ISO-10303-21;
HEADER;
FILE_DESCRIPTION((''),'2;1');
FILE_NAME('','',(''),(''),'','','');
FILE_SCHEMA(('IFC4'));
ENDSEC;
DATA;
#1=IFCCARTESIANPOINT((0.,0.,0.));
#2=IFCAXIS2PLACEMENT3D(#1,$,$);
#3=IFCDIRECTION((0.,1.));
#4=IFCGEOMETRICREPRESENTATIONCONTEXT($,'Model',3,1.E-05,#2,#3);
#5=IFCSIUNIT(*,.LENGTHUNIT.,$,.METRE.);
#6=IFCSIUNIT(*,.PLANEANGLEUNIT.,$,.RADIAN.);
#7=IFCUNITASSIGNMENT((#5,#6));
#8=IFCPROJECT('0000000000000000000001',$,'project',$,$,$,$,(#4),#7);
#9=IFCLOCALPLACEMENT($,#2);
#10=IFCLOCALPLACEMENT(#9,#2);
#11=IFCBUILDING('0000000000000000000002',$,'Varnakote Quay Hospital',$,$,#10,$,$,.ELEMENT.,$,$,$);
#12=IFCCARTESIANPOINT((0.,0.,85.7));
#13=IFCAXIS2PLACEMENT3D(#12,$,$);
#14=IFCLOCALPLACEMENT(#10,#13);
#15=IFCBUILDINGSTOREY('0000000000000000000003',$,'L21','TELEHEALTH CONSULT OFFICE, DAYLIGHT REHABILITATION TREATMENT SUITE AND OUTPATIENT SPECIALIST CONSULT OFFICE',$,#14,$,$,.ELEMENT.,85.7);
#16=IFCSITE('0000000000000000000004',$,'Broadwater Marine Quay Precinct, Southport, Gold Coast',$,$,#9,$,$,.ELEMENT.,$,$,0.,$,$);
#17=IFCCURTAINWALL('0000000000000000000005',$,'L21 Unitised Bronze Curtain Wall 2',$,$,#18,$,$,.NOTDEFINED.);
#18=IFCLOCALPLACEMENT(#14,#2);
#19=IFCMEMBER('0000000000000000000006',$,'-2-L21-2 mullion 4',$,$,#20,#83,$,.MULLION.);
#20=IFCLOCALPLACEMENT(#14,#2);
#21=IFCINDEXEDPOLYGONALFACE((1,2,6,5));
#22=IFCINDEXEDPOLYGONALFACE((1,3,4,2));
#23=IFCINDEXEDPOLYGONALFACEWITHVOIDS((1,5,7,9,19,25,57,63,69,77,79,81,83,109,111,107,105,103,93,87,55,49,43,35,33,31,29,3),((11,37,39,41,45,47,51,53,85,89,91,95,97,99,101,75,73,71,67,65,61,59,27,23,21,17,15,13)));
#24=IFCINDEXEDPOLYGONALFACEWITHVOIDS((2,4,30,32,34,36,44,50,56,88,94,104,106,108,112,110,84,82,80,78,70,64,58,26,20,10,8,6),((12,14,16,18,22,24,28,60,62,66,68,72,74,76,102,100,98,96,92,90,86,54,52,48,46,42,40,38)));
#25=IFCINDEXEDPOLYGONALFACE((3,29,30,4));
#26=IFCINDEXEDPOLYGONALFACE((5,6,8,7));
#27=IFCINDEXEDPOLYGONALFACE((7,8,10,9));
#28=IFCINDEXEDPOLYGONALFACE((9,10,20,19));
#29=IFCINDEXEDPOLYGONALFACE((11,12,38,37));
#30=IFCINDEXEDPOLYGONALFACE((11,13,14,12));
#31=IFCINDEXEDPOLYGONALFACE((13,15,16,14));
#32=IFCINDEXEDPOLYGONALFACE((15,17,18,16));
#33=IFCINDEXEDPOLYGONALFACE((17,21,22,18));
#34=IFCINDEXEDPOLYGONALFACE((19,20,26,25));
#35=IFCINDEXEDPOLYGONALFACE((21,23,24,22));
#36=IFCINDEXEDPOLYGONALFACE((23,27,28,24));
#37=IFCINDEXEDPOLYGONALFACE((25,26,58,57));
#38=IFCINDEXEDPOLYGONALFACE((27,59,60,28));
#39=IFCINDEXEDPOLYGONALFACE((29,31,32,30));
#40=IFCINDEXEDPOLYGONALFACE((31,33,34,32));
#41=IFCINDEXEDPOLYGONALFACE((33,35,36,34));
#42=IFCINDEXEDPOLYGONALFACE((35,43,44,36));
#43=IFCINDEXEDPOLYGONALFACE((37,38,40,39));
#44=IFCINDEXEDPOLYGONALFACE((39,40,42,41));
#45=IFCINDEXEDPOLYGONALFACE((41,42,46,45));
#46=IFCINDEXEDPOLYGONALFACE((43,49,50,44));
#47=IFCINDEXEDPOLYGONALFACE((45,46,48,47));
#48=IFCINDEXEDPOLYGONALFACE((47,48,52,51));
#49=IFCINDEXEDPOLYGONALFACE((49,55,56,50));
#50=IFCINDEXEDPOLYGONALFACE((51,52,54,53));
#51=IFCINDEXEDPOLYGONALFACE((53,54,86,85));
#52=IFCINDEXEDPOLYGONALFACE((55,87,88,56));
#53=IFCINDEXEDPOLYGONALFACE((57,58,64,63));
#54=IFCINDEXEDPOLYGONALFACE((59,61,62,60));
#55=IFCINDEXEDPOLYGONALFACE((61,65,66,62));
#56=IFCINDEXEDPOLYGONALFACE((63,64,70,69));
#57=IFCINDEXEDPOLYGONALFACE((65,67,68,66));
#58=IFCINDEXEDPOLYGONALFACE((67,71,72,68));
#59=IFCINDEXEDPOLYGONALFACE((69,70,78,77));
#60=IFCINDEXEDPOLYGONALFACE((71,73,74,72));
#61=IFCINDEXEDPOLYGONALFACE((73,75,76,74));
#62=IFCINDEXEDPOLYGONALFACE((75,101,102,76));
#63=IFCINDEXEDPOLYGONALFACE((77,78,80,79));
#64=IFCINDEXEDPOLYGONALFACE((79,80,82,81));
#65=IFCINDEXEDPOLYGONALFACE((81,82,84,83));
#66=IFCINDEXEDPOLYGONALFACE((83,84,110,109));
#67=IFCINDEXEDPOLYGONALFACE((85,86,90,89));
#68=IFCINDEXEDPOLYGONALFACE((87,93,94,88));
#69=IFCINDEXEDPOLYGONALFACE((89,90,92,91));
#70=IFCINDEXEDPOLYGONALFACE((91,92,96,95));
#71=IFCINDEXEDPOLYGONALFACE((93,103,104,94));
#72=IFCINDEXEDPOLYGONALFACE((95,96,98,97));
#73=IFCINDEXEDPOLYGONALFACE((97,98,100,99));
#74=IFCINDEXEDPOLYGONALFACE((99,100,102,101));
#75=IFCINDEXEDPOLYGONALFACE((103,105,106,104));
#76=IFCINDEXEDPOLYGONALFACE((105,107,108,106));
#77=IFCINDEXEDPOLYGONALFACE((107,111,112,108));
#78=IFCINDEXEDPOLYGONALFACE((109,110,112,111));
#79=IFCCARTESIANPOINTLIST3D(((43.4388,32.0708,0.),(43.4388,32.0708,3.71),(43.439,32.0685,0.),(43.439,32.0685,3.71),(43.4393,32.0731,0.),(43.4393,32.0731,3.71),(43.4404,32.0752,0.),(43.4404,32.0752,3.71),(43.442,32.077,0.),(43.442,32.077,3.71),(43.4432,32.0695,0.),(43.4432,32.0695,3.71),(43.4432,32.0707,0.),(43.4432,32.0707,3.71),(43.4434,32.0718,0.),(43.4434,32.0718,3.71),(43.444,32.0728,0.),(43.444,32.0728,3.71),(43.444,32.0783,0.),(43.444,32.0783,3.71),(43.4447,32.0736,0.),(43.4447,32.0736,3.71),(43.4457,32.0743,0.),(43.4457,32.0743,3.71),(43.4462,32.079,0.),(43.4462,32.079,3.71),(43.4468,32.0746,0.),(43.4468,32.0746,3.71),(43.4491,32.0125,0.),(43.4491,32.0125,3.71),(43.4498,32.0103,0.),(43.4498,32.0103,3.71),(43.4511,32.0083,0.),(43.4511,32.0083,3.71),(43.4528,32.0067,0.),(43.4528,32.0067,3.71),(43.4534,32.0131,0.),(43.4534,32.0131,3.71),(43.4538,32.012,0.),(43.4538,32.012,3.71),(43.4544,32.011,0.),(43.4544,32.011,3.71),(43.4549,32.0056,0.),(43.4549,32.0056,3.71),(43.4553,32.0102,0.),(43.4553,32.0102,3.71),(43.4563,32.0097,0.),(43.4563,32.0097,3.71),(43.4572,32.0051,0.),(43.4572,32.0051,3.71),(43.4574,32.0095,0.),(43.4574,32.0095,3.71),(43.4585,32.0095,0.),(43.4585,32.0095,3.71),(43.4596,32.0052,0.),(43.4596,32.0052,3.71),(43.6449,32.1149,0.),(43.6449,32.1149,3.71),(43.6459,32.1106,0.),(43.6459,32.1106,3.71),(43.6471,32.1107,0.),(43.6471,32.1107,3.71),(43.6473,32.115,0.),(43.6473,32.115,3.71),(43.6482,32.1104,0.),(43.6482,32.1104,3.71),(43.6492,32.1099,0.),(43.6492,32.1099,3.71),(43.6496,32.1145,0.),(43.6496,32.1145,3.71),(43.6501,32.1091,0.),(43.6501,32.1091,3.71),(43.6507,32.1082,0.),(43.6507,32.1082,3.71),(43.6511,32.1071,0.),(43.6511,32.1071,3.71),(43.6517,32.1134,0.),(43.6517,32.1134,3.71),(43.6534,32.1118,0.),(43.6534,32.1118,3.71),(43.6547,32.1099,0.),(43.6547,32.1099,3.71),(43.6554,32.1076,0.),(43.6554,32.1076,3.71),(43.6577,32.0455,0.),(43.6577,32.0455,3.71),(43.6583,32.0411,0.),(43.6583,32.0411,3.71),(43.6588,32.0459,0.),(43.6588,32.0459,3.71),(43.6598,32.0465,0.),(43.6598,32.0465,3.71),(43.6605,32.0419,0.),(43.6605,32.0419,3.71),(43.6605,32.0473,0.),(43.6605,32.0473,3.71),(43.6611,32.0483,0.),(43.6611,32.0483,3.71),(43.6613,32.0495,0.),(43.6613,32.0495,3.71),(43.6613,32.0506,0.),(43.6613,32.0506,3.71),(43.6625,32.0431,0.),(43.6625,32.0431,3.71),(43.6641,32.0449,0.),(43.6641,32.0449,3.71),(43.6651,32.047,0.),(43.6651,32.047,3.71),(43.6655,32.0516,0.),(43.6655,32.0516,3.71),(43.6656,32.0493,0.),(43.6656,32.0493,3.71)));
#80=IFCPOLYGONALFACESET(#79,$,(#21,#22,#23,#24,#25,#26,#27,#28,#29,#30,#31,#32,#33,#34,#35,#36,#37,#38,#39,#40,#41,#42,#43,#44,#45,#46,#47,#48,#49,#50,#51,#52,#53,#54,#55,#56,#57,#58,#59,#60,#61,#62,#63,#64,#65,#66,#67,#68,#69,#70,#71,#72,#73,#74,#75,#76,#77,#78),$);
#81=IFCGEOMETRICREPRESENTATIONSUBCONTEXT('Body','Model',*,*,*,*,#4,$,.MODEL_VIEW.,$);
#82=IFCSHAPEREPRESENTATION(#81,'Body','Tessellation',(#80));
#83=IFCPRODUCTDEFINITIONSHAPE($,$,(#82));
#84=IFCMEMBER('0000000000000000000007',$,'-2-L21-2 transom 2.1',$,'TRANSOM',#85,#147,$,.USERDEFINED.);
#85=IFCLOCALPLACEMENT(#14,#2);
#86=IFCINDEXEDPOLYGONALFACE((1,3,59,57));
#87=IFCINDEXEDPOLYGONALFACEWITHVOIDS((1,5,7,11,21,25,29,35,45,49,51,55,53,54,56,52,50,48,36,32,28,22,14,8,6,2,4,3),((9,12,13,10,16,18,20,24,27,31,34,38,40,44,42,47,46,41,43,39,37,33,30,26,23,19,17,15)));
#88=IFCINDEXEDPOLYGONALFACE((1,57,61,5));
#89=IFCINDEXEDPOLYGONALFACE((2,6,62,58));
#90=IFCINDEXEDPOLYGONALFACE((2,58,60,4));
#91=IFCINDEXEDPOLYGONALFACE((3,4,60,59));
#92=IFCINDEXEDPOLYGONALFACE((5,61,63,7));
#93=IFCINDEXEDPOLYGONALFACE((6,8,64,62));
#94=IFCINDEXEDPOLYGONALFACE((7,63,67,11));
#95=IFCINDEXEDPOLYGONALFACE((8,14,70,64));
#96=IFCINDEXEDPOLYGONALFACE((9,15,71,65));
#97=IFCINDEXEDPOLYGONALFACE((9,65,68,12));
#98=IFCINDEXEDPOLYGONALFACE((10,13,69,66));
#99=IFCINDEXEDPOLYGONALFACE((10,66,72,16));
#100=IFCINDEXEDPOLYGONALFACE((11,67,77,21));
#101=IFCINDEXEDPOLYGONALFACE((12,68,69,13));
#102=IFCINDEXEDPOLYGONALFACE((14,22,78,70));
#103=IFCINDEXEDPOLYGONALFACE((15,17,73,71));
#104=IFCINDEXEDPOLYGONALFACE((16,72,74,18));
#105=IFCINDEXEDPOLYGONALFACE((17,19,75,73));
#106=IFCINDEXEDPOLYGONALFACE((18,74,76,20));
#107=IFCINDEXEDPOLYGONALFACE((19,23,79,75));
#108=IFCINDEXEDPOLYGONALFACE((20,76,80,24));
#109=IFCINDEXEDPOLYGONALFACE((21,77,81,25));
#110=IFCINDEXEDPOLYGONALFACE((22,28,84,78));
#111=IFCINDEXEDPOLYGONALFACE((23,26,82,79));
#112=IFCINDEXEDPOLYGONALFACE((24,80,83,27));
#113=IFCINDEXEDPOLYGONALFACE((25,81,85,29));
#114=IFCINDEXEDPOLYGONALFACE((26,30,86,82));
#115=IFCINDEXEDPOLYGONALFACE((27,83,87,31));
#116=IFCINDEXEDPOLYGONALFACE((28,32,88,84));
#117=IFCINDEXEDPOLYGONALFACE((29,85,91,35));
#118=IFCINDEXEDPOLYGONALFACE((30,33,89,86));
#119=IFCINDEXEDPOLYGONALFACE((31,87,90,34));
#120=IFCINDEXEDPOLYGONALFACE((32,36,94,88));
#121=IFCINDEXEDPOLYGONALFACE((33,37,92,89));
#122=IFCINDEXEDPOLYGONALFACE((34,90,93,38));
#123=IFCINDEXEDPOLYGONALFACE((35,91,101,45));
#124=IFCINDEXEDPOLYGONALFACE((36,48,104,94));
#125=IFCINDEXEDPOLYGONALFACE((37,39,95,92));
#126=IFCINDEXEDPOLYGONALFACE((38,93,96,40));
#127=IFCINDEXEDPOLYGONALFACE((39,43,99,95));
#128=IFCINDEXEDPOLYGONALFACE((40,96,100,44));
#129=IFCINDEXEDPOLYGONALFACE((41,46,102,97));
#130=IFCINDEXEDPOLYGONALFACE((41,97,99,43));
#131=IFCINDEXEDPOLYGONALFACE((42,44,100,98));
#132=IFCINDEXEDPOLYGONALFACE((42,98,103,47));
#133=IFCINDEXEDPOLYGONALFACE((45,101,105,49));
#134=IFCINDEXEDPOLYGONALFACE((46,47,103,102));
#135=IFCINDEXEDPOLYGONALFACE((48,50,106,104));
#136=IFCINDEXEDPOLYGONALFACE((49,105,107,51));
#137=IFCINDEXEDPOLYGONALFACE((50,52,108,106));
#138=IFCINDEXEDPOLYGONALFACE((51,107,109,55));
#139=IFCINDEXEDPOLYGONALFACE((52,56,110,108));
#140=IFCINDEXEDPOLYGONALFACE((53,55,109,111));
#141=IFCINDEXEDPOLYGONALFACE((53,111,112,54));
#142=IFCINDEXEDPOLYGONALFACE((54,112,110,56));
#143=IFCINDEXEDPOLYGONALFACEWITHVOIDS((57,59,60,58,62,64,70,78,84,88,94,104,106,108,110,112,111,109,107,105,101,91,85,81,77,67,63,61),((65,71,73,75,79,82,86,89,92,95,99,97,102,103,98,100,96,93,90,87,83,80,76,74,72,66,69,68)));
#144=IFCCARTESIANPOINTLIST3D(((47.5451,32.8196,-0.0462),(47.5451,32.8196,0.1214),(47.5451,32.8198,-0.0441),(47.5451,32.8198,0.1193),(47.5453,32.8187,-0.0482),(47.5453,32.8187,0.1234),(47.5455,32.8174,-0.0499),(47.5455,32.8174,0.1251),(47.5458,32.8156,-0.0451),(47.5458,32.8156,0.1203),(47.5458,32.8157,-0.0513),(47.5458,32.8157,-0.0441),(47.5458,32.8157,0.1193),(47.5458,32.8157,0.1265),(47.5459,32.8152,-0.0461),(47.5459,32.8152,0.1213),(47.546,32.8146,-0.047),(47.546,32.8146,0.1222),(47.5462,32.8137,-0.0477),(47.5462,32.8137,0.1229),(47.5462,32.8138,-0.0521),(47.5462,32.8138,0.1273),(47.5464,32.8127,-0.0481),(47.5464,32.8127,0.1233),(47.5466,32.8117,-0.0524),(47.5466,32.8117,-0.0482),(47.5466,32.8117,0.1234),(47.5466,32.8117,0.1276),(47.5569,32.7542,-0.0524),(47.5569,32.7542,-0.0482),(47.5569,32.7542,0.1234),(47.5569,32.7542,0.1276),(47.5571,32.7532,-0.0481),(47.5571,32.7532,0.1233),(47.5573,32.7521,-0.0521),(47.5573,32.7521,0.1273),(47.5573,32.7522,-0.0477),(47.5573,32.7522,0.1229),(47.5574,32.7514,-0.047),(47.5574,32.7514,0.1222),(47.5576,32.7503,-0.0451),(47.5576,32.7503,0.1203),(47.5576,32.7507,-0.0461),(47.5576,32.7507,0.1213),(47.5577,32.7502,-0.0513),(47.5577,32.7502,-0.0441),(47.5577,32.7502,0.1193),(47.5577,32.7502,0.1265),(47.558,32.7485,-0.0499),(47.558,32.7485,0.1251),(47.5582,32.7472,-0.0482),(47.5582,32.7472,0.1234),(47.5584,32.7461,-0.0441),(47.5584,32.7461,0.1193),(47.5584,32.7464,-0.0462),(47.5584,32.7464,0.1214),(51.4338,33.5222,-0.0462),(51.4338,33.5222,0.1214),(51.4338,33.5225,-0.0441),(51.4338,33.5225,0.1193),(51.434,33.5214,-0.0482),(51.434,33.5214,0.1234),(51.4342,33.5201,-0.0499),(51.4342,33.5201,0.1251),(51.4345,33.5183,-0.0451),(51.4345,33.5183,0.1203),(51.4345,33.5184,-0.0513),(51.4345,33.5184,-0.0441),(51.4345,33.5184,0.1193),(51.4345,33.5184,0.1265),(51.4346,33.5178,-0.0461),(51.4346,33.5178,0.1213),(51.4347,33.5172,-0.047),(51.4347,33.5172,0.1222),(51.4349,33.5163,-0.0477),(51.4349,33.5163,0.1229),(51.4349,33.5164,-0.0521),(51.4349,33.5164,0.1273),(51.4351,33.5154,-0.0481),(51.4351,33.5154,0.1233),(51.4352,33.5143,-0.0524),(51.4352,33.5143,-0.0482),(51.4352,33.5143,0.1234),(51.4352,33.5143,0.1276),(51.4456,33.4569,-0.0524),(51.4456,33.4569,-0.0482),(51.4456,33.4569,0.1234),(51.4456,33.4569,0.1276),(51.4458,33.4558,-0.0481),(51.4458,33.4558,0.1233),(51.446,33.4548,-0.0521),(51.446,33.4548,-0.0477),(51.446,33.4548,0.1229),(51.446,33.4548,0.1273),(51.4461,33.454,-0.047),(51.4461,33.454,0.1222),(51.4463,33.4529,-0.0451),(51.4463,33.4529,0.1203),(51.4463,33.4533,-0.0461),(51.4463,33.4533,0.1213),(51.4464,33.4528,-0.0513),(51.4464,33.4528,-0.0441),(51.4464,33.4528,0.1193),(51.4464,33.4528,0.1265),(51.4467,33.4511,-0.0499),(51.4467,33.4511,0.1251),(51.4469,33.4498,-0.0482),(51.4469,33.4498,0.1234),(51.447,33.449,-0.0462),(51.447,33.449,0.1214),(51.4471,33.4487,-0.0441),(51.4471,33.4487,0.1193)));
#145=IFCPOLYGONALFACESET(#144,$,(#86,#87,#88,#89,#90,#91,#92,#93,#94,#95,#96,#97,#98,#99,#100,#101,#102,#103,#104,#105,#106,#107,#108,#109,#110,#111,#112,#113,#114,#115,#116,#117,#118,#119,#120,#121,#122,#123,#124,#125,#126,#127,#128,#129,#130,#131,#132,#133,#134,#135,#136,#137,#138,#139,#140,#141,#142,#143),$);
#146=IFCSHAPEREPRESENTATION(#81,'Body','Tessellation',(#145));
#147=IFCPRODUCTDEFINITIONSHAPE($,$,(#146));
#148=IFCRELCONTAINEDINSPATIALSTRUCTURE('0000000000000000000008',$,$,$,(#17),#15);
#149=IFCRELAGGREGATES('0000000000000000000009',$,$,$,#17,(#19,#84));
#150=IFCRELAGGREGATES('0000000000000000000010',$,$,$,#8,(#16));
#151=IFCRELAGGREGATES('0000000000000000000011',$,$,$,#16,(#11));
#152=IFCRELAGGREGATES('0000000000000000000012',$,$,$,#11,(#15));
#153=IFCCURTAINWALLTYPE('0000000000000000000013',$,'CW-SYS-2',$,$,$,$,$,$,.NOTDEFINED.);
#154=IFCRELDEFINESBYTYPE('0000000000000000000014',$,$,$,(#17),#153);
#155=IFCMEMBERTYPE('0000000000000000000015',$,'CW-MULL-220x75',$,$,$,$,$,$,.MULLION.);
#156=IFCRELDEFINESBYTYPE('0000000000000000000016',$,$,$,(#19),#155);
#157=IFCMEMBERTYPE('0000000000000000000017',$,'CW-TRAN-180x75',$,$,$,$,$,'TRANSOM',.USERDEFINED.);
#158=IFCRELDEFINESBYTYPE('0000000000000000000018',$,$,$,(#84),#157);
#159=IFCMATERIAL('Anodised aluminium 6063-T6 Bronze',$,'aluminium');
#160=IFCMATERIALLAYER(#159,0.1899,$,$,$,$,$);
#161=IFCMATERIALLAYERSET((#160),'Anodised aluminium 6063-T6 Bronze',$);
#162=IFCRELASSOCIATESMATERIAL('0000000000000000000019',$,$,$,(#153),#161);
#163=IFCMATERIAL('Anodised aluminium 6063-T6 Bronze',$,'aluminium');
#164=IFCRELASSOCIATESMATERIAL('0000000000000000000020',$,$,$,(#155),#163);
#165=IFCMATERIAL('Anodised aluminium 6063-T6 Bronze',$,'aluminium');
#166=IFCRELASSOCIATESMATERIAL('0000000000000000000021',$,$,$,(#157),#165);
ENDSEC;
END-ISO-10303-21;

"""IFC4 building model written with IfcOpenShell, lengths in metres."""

from ifc_helpers import new_model, si_unit, direction, frame, origin, origin_2d, place, context, subcontext, project, spatial, hollow_rectangle, extrude, material, layer, layer_set, material_profile, profile_set, type_object, element, aggregate, save


model = new_model("IFC4")

# Units and contexts
model_context = context("Model", 3, precision=1e-05, world=origin(), true_north=direction((0.0, 1.0)))
body_context = subcontext(model_context, "Body", "Model", "MODEL_VIEW")
ifc_project = project(units=[si_unit("LENGTHUNIT", "METRE"), si_unit("PLANEANGLEUNIT", "RADIAN")], contexts=[model_context])

# Site, building, storey
site_placement = place(None, origin())
site = spatial("IfcSite", under=ifc_project, at=site_placement, Name="Broadwater Marine Quay Precinct, Southport, Gold Coast", CompositionType="ELEMENT", RefElevation=0.0)
building_placement = place(site_placement, origin())
building = spatial("IfcBuilding", under=site, at=building_placement, Name="Varnakote Quay Hospital", CompositionType="ELEMENT")
storey_placement = place(building_placement, frame((0.0, 0.0, 85.7)))
storey = spatial("IfcBuildingStorey", under=building, at=storey_placement, Name="L21", Description="TELEHEALTH CONSULT OFFICE, DAYLIGHT REHABILITATION TREATMENT SUITE AND OUTPATIENT SPECIALIST CONSULT OFFICE", CompositionType="ELEMENT", Elevation=85.7)

# Curtain wall, members
ifc_material_1 = material(Name="Anodised aluminium 6063-T6 Bronze", Category="aluminium")
ifc_layer_1 = layer(ifc_material_1, 0.1899)
ifc_layer_set_1 = layer_set([ifc_layer_1], Name="Anodised aluminium 6063-T6 Bronze")
curtain_wall_type = type_object("IfcCurtainWallType", Name="CW-SYS-2", PredefinedType="NOTDEFINED", material=ifc_layer_set_1)
curtain_wall_placement = place(storey_placement, origin())
curtain_wall = element("IfcCurtainWall", 1, at=curtain_wall_placement, inside=storey, type_object=curtain_wall_type, Name="L21 Unitised Bronze Curtain Wall 2", PredefinedType="NOTDEFINED")
ifc_material_2 = material(Name="Anodised aluminium 6063-T6 Bronze", Category="aluminium")
ifc_material_profile_1 = material_profile(ifc_material_2, hollow_rectangle(XDim=0.075, YDim=0.22, WallThickness=0.0044, InnerFilletRadius=0.0044, OuterFilletRadius=0.009, at=origin_2d()), Name="CW-MULL-220x75")
ifc_profile_set_1 = profile_set([ifc_material_profile_1], Name="Anodised aluminium 6063-T6 Bronze")
member_type_1 = type_object("IfcMemberType", Name="CW-MULL-220x75", PredefinedType="MULLION", material=ifc_profile_set_1)
member_1_placement = place(storey_placement, frame((43.5522, 32.0601, 0.0), z_axis=(0.0, 0.0, 1.0), x_axis=(0.177846, -0.984058, 0.0)))
member_1 = element("IfcMember", 2, at=member_1_placement, type_object=member_type_1, Name="-2-L21-2 mullion 4", PredefinedType="MULLION", context=body_context, shape_type="SweptSolid", body=[
    extrude(hollow_rectangle(XDim=0.075, YDim=0.22, WallThickness=0.0044, InnerFilletRadius=0.0044, OuterFilletRadius=0.009, at=origin_2d()), origin(), (0.0, 0.0, 1.0), 3.71),
])
ifc_material_3 = material(Name="Anodised aluminium 6063-T6 Bronze", Category="aluminium")
ifc_material_profile_2 = material_profile(ifc_material_3, hollow_rectangle(XDim=0.075, YDim=0.1799, WallThickness=0.0042, InnerFilletRadius=0.0042, OuterFilletRadius=0.0083, at=origin_2d()), Name="CW-TRAN-180x75")
ifc_profile_set_2 = profile_set([ifc_material_profile_2], Name="Anodised aluminium 6063-T6 Bronze")
member_type_2 = type_object("IfcMemberType", Name="CW-TRAN-180x75", ElementType="TRANSOM", PredefinedType="USERDEFINED", material=ifc_profile_set_2)
member_2_placement = place(storey_placement, frame((51.4404, 33.4856, 0.0376), z_axis=(-0.984065, -0.177809, 0.0), x_axis=(0.177809, -0.984065, 0.0)))
member_2 = element("IfcMember", 3, at=member_2_placement, type_object=member_type_2, Name="-2-L21-2 transom 2.1", ObjectType="TRANSOM", PredefinedType="USERDEFINED", context=body_context, shape_type="SweptSolid", body=[
    extrude(hollow_rectangle(XDim=0.075, YDim=0.1799, WallThickness=0.0042, InnerFilletRadius=0.0042, OuterFilletRadius=0.0083, at=origin_2d()), origin(), (0.0, 0.0, 1.0), 3.9517),
])
aggregate(curtain_wall, [member_1, member_2])

save(model, "model.ifc")
